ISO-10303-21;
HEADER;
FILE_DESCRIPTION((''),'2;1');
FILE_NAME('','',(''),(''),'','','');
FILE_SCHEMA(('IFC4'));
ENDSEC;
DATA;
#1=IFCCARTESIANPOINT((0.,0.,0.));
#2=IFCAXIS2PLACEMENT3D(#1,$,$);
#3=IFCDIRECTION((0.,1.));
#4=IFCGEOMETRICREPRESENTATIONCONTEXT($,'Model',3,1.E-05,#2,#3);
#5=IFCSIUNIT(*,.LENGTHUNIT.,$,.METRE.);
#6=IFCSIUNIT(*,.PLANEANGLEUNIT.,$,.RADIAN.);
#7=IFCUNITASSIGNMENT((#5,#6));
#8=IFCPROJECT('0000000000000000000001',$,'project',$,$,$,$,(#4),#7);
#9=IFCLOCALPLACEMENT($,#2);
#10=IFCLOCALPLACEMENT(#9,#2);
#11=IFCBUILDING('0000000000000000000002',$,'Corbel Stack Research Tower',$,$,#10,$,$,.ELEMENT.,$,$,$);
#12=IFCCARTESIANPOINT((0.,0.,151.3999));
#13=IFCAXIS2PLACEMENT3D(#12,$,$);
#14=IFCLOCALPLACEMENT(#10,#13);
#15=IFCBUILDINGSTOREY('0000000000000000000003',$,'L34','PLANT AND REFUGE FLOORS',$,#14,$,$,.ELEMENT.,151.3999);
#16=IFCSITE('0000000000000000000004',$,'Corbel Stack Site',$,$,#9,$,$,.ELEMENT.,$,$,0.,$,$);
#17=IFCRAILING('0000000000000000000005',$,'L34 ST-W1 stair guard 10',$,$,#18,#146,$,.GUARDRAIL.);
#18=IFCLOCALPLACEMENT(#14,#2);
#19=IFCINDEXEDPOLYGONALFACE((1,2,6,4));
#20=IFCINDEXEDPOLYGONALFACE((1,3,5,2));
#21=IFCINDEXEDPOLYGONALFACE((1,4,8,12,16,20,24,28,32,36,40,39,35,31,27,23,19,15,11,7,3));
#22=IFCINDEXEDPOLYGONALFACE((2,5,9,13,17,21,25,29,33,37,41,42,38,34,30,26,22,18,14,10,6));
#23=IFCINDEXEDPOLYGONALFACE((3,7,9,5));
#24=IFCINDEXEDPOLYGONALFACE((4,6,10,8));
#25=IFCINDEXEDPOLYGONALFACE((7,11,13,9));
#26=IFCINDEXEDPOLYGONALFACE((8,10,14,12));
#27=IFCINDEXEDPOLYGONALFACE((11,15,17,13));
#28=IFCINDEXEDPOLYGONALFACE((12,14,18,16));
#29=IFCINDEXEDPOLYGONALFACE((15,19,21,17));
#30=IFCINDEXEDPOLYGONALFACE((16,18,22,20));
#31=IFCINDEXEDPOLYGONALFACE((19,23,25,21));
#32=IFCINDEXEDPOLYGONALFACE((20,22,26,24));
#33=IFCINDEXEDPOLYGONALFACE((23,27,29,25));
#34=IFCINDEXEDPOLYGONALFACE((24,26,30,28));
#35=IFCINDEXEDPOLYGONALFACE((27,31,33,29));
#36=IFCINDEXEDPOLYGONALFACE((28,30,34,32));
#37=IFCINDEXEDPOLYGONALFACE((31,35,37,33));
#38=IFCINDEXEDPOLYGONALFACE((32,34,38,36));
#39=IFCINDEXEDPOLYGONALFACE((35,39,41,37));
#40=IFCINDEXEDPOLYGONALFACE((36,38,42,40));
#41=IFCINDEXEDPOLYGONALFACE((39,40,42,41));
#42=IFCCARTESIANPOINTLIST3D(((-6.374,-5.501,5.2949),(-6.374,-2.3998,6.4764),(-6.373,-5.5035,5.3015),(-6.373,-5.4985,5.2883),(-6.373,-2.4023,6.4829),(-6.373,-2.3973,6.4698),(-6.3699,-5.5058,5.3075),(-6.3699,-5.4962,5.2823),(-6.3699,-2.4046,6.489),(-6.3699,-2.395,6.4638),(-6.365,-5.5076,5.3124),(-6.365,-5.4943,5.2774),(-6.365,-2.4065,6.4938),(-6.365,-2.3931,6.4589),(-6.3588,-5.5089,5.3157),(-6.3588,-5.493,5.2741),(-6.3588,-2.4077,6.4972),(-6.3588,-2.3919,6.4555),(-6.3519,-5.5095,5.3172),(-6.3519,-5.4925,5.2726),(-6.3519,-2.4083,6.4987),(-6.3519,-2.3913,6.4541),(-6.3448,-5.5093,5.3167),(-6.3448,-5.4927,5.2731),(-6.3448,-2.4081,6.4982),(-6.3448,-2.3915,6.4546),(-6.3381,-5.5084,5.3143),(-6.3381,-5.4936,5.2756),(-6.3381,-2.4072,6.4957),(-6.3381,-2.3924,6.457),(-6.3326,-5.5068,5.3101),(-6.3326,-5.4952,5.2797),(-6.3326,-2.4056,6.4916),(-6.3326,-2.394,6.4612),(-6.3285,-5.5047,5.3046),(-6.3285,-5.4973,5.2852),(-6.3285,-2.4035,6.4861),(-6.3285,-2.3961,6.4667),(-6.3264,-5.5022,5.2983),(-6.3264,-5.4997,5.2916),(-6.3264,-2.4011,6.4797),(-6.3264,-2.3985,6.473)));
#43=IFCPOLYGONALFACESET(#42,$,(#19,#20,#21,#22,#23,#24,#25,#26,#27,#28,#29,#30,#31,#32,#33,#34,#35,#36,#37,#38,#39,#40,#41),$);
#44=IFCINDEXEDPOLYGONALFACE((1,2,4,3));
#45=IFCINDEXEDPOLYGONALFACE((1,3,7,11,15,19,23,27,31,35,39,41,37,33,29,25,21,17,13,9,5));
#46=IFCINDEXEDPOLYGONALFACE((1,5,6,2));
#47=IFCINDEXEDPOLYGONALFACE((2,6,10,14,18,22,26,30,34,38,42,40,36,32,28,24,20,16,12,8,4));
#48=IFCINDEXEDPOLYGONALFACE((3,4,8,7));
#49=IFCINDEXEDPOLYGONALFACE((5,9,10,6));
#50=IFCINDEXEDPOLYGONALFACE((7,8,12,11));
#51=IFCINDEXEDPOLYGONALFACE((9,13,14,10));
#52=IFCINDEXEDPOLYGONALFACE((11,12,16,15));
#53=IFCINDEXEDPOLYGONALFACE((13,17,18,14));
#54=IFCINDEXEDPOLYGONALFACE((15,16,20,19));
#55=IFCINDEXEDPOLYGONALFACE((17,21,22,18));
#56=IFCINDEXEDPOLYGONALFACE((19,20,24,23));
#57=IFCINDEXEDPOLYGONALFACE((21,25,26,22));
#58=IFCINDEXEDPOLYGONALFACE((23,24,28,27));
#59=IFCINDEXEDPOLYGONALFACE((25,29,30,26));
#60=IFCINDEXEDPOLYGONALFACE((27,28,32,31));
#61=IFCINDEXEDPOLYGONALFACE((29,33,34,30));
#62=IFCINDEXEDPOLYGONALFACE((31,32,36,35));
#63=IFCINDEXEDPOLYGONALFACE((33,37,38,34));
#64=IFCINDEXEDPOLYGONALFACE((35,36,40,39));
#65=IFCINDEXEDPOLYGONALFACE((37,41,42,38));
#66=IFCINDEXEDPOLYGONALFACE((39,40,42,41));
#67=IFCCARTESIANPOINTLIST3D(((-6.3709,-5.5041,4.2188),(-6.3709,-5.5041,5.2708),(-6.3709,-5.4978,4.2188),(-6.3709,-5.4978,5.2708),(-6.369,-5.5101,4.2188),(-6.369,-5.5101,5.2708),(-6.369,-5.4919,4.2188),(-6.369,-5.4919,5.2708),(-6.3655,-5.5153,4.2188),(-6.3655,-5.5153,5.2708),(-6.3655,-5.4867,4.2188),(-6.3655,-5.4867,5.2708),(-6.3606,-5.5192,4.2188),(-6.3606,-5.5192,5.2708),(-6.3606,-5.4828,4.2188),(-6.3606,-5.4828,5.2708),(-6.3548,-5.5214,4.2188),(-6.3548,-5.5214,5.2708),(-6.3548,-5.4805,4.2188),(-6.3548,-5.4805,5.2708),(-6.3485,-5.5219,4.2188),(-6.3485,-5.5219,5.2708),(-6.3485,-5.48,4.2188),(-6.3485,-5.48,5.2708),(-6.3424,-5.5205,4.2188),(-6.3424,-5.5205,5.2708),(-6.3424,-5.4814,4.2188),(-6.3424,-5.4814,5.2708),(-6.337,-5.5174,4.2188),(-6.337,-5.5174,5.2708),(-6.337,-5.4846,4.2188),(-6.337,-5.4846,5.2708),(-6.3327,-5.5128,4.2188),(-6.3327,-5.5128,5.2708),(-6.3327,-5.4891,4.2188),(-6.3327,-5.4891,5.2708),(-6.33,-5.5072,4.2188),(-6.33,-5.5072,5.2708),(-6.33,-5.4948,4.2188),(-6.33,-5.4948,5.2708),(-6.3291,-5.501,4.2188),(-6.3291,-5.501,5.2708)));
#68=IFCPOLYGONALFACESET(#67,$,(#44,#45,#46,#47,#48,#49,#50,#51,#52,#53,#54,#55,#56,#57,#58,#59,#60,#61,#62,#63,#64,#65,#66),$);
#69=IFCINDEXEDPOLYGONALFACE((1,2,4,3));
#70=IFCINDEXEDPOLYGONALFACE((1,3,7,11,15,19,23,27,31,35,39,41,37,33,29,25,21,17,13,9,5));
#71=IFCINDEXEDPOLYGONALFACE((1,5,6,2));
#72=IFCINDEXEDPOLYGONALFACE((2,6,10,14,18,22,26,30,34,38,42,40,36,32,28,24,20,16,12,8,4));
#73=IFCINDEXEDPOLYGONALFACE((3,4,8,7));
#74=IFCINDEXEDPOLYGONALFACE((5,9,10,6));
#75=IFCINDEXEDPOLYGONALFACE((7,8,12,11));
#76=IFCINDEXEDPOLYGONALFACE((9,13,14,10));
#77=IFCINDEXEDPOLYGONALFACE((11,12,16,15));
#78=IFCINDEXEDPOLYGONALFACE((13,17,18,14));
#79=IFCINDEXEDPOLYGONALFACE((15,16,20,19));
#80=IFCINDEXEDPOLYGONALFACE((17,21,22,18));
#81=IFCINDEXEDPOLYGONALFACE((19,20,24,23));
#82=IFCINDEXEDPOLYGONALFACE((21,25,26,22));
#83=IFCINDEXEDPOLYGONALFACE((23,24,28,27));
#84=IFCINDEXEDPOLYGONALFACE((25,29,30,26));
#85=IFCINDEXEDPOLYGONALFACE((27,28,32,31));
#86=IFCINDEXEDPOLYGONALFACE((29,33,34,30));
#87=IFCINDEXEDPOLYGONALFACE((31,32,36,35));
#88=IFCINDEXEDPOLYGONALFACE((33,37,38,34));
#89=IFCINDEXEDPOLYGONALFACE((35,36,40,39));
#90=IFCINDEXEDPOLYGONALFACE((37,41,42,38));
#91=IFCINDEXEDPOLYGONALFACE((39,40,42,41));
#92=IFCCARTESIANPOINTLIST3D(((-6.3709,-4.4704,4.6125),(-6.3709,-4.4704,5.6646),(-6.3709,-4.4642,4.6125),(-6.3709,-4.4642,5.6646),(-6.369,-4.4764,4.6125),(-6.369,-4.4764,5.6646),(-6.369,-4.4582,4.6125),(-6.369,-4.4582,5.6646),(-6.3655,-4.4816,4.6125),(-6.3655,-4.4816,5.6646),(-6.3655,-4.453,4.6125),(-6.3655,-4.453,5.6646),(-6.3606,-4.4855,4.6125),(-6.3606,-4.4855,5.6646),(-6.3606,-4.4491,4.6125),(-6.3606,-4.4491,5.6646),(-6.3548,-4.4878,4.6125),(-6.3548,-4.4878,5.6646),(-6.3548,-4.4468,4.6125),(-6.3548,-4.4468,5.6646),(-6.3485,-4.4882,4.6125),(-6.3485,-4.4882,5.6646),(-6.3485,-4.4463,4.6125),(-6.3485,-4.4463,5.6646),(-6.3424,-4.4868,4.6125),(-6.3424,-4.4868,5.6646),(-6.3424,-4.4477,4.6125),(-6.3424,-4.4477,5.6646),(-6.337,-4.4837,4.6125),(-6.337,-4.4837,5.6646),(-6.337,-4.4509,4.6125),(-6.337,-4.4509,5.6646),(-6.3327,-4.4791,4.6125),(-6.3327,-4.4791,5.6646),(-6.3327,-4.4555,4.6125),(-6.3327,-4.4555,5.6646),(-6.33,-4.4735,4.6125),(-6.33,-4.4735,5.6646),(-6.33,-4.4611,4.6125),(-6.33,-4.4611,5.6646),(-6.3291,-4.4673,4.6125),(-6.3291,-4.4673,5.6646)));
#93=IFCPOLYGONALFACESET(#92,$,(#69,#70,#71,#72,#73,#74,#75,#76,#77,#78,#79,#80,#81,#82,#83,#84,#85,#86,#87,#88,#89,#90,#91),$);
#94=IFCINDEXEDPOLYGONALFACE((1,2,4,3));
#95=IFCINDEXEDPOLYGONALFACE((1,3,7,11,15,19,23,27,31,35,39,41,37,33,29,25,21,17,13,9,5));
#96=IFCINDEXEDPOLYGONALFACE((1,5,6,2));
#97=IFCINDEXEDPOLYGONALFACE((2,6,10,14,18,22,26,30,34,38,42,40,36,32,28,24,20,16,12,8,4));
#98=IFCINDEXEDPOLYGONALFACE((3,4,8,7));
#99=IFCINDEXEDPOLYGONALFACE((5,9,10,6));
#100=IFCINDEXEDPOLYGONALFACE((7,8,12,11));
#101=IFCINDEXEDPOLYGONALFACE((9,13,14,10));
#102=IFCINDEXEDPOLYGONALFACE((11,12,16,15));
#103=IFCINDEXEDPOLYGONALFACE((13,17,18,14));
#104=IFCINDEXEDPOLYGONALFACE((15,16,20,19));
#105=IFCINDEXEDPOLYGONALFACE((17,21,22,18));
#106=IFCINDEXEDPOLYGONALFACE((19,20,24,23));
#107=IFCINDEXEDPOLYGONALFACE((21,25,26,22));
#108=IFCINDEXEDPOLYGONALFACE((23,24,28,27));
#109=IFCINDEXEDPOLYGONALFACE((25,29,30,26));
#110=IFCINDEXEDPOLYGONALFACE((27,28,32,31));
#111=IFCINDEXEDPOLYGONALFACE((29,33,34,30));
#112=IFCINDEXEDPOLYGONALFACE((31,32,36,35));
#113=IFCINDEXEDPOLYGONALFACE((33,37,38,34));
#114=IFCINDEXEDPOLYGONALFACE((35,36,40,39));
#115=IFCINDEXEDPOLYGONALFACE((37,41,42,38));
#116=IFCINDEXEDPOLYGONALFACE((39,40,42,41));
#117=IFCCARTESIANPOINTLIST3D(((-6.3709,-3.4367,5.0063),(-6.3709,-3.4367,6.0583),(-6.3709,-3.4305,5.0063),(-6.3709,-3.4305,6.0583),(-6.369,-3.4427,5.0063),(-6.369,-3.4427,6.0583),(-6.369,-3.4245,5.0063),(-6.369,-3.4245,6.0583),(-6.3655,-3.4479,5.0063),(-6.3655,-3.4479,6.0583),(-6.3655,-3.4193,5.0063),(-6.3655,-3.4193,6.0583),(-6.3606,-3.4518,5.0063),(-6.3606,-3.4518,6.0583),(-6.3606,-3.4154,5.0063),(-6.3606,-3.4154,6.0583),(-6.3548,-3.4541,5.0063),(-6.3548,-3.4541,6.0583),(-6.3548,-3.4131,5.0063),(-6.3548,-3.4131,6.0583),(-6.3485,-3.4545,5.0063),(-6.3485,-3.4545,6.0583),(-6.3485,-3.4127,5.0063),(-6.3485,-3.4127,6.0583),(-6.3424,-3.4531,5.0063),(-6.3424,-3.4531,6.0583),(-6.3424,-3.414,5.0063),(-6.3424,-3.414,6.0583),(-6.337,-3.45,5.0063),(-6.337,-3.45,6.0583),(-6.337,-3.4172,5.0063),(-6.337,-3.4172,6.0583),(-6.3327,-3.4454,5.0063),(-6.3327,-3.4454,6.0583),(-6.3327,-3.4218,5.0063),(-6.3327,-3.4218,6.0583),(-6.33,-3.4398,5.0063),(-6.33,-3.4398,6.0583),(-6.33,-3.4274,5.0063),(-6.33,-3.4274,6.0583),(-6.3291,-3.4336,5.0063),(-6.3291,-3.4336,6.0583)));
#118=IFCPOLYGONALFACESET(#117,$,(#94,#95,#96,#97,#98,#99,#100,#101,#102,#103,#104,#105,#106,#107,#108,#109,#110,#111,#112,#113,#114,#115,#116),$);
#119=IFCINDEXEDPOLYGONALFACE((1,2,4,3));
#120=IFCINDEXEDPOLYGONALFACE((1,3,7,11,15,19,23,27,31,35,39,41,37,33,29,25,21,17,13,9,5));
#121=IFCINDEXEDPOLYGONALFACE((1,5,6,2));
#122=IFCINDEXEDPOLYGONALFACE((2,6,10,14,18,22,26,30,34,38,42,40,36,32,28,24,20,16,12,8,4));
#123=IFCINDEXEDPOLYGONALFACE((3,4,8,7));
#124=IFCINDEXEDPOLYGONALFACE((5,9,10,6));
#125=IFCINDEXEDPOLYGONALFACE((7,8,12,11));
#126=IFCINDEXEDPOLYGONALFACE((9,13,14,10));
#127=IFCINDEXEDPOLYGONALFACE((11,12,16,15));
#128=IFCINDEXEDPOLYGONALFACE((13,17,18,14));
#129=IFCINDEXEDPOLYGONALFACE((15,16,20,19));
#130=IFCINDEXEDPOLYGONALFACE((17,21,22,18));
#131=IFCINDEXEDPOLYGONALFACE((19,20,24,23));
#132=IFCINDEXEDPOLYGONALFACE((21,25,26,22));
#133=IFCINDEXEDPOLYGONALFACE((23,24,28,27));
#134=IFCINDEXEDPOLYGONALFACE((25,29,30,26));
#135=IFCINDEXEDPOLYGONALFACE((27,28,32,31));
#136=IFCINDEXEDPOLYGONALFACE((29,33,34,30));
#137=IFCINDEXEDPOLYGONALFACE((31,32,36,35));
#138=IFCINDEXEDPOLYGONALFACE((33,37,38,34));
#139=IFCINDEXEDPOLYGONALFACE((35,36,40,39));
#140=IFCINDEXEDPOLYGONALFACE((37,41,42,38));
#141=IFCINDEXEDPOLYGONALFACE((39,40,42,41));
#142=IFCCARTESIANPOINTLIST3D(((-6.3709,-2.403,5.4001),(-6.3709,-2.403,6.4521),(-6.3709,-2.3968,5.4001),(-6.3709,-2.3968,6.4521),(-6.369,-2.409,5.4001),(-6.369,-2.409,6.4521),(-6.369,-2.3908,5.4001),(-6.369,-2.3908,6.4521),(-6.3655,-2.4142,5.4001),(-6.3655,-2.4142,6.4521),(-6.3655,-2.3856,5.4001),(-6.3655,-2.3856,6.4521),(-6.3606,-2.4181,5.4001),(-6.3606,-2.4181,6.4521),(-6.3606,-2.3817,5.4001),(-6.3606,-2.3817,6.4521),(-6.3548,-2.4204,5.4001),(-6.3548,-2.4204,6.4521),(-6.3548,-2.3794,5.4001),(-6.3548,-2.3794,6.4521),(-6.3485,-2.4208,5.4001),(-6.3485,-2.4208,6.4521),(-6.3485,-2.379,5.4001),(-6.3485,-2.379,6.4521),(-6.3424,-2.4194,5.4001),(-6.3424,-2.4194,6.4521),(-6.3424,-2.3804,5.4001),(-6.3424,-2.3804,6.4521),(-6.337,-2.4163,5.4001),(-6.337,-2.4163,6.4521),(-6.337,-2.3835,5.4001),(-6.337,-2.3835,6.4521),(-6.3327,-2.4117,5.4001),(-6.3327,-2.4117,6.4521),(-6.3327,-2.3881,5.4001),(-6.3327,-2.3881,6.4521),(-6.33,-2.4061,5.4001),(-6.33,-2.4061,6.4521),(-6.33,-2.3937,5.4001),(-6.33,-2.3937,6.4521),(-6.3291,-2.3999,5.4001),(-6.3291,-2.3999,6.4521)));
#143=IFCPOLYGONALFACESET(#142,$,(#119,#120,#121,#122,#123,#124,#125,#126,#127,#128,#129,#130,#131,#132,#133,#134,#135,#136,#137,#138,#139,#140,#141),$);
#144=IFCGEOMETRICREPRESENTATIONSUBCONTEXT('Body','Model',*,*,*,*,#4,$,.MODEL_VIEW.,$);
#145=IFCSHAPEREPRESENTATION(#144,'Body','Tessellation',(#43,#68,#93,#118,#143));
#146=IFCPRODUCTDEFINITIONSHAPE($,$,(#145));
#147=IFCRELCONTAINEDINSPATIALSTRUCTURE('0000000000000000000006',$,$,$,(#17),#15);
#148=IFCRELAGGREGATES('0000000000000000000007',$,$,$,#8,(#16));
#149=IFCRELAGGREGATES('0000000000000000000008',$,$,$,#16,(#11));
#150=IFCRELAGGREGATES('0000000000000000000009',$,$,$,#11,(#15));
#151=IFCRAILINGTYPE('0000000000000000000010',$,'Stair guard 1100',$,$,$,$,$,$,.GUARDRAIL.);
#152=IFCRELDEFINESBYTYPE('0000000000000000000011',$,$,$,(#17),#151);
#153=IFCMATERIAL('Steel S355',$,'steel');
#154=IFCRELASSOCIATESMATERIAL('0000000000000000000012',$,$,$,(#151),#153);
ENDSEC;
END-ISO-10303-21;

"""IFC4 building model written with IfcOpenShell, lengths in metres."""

from ifc_helpers import new_model, si_unit, direction, frame, origin, origin_2d, place, context, subcontext, project, spatial, circle, extrude, material, type_object, element, save


model = new_model("IFC4")

# Units and contexts
model_context = context("Model", 3, precision=1e-05, world=origin(), true_north=direction((0.0, 1.0)))
body_context = subcontext(model_context, "Body", "Model", "MODEL_VIEW")
ifc_project = project(units=[si_unit("LENGTHUNIT", "METRE"), si_unit("PLANEANGLEUNIT", "RADIAN")], contexts=[model_context])

# Site, building, storey
site_placement = place(None, origin())
site = spatial("IfcSite", under=ifc_project, at=site_placement, Name="Corbel Stack Site", CompositionType="ELEMENT", RefElevation=0.0)
building_placement = place(site_placement, origin())
building = spatial("IfcBuilding", under=site, at=building_placement, Name="Corbel Stack Research Tower", CompositionType="ELEMENT")
storey_placement = place(building_placement, frame((0.0, 0.0, 151.3999)))
storey = spatial("IfcBuildingStorey", under=building, at=storey_placement, Name="L34", Description="PLANT AND REFUGE FLOORS", CompositionType="ELEMENT", Elevation=151.3999)

# Railing
ifc_material_1 = material(Name="Steel S355", Category="steel")
railing_type_1 = type_object("IfcRailingType", Name="Stair guard 1100", PredefinedType="GUARDRAIL", material=ifc_material_1)
railing_1_placement = place(storey_placement, frame((-6.3501, -5.501, 4.2188)))
element("IfcRailing", 1, at=railing_1_placement, inside=storey, type_object=railing_type_1, Name="L34 ST-W1 stair guard 10", PredefinedType="GUARDRAIL", context=body_context, shape_type="SweptSolid", body=[
    extrude(circle(Radius=0.0239, at=origin_2d()), frame((0.0, 0.0, 1.0762), z_axis=(0.0, 0.934484, 0.356005), x_axis=(-1.0, 0.0, 0.0)), (0.0, 0.0, 1.0), 3.3186),
    extrude(circle(Radius=0.021, at=origin_2d()), origin(), (0.0, 0.0, 1.0), 1.052),
    extrude(circle(Radius=0.021, at=origin_2d()), frame((0.0, 1.0337, 0.3938)), (0.0, 0.0, 1.0), 1.052),
    extrude(circle(Radius=0.021, at=origin_2d()), frame((0.0, 2.0674, 0.7876)), (0.0, 0.0, 1.0), 1.052),
    extrude(circle(Radius=0.021, at=origin_2d()), frame((0.0, 3.1011, 1.1814)), (0.0, 0.0, 1.0), 1.052),
])

save(model, "model.ifc")
